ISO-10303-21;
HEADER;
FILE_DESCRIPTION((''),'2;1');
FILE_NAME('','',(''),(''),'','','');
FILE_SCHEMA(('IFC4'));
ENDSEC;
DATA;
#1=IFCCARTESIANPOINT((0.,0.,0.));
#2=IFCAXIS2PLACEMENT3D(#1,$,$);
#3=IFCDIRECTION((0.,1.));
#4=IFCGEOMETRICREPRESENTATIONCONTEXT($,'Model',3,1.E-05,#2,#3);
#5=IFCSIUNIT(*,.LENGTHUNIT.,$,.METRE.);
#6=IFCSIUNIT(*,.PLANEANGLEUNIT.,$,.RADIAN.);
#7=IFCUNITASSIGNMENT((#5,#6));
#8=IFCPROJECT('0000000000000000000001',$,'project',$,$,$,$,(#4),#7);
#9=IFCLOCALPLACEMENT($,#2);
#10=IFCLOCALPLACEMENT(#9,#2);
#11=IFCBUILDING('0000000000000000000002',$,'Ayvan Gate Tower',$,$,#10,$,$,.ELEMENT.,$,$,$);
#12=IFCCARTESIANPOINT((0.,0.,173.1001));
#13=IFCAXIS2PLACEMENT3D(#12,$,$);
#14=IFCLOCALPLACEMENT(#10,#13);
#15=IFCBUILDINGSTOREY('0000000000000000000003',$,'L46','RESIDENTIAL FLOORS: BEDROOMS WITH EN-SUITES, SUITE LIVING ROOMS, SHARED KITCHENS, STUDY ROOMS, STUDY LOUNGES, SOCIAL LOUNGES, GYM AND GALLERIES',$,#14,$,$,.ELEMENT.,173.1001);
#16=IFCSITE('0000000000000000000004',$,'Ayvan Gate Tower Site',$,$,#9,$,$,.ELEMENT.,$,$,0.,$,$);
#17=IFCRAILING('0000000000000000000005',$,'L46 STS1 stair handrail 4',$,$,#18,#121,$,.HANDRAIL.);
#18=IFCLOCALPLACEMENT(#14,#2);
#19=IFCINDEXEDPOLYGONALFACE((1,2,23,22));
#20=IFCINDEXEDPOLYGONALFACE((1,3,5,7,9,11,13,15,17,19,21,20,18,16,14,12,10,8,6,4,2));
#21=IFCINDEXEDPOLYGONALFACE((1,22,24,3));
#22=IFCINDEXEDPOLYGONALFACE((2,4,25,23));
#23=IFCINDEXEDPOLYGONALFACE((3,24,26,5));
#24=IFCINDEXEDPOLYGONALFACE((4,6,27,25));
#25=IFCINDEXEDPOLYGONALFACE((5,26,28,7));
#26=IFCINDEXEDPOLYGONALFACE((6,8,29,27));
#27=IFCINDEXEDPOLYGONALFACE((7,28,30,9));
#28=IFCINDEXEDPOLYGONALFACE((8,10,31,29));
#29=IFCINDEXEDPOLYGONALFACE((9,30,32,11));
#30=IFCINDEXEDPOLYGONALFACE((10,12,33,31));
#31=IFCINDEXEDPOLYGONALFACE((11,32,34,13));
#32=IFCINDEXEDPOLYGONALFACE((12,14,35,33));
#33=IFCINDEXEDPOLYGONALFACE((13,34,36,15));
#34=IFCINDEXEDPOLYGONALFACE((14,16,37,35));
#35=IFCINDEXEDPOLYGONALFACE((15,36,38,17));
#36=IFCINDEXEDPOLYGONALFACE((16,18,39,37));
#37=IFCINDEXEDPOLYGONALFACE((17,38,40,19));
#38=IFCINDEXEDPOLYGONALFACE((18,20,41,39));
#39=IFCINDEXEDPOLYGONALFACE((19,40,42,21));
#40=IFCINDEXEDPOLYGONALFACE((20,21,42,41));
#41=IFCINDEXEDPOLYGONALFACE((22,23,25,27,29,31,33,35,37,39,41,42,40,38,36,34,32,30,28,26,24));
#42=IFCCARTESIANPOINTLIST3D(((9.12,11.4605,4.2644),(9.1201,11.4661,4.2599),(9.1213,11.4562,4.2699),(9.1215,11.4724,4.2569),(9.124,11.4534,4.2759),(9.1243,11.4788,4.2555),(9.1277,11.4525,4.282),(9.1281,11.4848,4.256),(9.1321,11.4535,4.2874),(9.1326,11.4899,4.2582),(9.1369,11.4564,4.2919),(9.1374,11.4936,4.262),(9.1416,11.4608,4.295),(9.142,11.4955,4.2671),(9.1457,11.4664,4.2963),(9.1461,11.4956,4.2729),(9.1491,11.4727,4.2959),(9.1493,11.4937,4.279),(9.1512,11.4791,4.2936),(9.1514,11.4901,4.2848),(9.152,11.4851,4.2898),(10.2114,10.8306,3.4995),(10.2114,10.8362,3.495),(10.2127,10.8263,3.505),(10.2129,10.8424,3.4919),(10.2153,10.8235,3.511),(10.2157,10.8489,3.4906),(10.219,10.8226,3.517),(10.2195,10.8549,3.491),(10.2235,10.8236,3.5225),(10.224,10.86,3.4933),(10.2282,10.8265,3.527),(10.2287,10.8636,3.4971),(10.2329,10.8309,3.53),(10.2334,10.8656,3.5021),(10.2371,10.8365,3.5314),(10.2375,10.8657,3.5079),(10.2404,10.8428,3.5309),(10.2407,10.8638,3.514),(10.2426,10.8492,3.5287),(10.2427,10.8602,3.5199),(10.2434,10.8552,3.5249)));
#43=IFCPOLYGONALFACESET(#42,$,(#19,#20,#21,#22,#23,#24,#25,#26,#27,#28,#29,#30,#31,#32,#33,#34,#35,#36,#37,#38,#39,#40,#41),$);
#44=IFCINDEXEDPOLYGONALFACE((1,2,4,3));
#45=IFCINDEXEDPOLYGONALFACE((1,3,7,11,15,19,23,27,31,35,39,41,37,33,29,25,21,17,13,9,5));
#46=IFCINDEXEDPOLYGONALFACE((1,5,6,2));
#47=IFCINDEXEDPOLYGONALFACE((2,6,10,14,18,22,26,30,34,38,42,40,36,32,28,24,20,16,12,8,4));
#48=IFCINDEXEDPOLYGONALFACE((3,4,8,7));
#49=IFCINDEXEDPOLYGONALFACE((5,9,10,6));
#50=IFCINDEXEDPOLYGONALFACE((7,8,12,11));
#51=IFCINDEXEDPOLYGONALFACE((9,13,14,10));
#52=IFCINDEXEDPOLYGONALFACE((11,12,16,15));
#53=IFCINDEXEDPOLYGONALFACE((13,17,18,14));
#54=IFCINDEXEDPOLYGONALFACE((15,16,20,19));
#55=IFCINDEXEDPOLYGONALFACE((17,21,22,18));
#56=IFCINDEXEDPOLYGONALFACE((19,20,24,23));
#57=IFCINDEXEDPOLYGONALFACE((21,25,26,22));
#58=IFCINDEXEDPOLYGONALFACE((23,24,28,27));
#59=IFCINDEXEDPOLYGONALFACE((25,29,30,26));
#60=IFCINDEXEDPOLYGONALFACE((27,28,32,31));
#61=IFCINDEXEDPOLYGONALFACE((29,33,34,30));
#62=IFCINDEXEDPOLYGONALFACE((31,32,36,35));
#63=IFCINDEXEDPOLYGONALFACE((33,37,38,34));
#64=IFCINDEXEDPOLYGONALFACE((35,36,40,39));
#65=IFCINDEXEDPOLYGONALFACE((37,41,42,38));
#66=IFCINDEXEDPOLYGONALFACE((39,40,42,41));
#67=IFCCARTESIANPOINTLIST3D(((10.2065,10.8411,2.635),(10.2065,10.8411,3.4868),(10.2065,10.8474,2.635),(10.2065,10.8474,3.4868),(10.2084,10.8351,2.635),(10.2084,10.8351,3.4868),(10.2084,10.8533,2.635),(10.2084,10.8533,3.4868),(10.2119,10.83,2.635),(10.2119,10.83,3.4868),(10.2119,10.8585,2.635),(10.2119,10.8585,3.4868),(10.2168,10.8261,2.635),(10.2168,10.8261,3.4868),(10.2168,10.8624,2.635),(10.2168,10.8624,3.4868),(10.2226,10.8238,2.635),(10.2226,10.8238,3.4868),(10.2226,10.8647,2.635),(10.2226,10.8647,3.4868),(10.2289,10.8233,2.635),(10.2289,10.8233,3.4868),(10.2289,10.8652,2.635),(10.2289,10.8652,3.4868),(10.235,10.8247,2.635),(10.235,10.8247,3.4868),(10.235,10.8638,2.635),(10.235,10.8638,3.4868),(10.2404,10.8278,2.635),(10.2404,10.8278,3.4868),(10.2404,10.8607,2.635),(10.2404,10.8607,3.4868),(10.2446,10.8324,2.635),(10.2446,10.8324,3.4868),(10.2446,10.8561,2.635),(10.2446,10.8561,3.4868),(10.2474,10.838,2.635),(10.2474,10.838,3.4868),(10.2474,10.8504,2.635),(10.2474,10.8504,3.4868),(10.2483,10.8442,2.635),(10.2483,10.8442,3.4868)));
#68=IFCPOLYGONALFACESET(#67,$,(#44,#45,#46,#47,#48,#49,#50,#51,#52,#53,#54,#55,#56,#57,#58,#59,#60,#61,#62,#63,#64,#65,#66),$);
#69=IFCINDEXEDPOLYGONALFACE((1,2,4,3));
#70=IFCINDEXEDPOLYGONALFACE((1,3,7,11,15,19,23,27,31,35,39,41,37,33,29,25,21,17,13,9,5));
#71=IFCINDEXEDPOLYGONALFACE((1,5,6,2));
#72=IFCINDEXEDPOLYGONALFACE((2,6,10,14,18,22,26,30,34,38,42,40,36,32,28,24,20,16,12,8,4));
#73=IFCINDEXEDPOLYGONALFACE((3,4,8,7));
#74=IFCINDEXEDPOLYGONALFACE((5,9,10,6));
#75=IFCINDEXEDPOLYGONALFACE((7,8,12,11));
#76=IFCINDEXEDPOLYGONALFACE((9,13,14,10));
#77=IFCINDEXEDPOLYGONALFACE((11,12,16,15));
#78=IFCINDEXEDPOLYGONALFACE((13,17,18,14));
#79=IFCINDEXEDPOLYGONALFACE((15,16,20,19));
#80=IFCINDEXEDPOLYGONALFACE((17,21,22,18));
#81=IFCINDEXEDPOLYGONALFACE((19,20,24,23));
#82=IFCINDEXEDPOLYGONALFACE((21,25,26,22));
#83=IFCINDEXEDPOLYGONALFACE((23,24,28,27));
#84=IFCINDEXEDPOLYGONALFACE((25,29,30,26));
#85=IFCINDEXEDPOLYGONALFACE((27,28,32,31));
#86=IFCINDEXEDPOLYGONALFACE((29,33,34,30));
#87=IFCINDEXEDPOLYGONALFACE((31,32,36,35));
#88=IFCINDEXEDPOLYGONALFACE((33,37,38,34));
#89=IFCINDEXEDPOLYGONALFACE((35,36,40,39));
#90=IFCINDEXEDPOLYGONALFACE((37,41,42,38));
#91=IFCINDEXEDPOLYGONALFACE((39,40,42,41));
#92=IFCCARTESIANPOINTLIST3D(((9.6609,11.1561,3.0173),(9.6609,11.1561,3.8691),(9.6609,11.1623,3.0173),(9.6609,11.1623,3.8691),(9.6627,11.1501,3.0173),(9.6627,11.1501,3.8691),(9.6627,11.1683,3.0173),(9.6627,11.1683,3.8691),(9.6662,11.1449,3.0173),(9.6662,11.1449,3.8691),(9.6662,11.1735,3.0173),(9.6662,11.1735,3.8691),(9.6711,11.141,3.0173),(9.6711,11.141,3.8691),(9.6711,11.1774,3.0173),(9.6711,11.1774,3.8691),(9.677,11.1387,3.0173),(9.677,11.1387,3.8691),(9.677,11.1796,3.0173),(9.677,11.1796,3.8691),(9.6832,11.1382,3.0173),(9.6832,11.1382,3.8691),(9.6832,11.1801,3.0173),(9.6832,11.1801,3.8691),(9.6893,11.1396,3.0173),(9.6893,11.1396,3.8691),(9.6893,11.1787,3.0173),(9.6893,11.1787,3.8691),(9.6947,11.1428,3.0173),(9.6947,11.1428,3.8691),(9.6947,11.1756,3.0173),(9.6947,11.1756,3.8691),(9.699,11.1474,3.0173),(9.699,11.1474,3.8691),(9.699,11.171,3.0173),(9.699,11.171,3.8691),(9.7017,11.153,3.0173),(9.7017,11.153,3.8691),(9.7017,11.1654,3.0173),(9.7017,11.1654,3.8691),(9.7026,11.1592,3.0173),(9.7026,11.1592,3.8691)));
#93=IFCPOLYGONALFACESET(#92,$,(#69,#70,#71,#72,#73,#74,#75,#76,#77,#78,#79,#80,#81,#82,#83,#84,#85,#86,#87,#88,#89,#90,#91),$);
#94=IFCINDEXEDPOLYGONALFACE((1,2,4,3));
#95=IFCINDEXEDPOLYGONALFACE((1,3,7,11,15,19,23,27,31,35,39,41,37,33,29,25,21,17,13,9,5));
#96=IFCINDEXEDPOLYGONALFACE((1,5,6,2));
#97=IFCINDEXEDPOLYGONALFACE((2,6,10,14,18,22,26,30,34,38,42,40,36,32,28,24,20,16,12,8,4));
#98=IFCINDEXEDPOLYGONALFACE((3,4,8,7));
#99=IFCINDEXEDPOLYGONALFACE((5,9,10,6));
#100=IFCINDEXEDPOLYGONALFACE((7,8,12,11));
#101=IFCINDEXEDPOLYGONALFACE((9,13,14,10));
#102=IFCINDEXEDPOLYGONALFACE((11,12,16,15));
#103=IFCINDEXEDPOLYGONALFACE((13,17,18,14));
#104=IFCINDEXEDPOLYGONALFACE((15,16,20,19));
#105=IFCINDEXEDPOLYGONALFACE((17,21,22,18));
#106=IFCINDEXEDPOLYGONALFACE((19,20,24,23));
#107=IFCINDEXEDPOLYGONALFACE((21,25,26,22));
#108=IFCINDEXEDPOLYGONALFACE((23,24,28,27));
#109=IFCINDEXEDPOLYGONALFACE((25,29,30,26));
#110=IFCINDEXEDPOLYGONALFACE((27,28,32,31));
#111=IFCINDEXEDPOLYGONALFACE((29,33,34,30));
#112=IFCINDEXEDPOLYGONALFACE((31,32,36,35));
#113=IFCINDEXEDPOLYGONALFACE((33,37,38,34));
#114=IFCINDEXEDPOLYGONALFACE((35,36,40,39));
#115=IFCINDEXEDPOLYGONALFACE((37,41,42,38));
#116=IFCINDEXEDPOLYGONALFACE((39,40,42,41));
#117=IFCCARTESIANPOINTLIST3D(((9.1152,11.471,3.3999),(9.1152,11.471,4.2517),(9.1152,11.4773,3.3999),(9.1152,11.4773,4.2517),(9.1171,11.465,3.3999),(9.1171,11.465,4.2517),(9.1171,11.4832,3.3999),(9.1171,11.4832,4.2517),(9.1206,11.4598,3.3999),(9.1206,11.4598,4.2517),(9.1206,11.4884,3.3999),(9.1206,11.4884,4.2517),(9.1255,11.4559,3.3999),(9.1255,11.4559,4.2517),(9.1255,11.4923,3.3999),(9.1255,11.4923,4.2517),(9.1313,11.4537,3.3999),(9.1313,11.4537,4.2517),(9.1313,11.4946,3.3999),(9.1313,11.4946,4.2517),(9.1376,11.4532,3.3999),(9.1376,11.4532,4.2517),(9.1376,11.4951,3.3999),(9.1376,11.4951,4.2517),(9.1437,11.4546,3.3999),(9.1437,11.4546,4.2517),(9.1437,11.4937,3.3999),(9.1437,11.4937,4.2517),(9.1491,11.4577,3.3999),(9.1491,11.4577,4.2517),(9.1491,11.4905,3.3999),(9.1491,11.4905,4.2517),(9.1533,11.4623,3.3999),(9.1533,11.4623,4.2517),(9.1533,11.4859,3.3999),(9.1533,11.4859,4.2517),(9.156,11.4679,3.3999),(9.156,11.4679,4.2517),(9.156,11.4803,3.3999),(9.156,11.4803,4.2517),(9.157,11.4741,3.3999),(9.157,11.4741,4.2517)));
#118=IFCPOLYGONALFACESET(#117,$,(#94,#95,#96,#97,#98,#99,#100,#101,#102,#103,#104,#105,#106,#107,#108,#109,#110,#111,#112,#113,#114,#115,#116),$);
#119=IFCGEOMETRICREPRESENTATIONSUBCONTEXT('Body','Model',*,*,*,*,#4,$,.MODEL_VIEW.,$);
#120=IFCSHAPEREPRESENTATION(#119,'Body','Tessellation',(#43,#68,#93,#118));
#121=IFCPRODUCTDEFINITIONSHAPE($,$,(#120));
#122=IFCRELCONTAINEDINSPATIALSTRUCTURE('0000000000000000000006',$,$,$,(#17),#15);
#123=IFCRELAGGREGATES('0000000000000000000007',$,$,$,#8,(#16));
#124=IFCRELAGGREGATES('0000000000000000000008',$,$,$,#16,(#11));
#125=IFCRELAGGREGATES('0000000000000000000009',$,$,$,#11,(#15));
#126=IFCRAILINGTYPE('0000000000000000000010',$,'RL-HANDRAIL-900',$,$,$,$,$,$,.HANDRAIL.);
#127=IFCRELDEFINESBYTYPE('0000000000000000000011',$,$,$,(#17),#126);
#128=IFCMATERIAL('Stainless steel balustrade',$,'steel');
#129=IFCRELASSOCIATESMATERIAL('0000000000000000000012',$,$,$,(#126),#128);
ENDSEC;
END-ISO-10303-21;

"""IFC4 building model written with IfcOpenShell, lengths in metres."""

from ifc_helpers import new_model, si_unit, direction, frame, origin, origin_2d, place, context, subcontext, project, spatial, circle, extrude, material, type_object, element, save


model = new_model("IFC4")

# Units and contexts
model_context = context("Model", 3, precision=1e-05, world=origin(), true_north=direction((0.0, 1.0)))
body_context = subcontext(model_context, "Body", "Model", "MODEL_VIEW")
ifc_project = project(units=[si_unit("LENGTHUNIT", "METRE"), si_unit("PLANEANGLEUNIT", "RADIAN")], contexts=[model_context])

# Site, building, storey
site_placement = place(None, origin())
site = spatial("IfcSite", under=ifc_project, at=site_placement, Name="Ayvan Gate Tower Site", CompositionType="ELEMENT", RefElevation=0.0)
building_placement = place(site_placement, origin())
building = spatial("IfcBuilding", under=site, at=building_placement, Name="Ayvan Gate Tower", CompositionType="ELEMENT")
storey_placement = place(building_placement, frame((0.0, 0.0, 173.1001)))
storey = spatial("IfcBuildingStorey", under=building, at=storey_placement, Name="L46", Description="RESIDENTIAL FLOORS: BEDROOMS WITH EN-SUITES, SUITE LIVING ROOMS, SHARED KITCHENS, STUDY ROOMS, STUDY LOUNGES, SOCIAL LOUNGES, GYM AND GALLERIES", CompositionType="ELEMENT", Elevation=173.1001)

# Railing
ifc_material_1 = material(Name="Stainless steel balustrade", Category="steel")
railing_type_1 = type_object("IfcRailingType", Name="RL-HANDRAIL-900", PredefinedType="HANDRAIL", material=ifc_material_1)
railing_1_placement = place(storey_placement, frame((10.2273, 10.8442, 2.635)))
element("IfcRailing", 1, at=railing_1_placement, inside=storey, type_object=railing_type_1, Name="L46 STS1 stair handrail 4", PredefinedType="HANDRAIL", context=body_context, shape_type="SweptSolid", body=[
    extrude(circle(Radius=0.0239, at=origin_2d()), frame((0.0, 0.0, 0.876), z_axis=(-0.740357, 0.42732, 0.518912), x_axis=(-0.49989, -0.866089, 0.0)), (0.0, 0.0, 1.0), 1.4741),
    extrude(circle(Radius=0.021, at=origin_2d()), origin(), (0.0, 0.0, 1.0), 0.8518),
    extrude(circle(Radius=0.021, at=origin_2d()), frame((-0.5457, 0.3149, 0.3823)), (0.0, 0.0, 1.0), 0.8518),
    extrude(circle(Radius=0.021, at=origin_2d()), frame((-1.0913, 0.6299, 0.7649)), (0.0, 0.0, 1.0), 0.8518),
])

save(model, "model.ifc")
